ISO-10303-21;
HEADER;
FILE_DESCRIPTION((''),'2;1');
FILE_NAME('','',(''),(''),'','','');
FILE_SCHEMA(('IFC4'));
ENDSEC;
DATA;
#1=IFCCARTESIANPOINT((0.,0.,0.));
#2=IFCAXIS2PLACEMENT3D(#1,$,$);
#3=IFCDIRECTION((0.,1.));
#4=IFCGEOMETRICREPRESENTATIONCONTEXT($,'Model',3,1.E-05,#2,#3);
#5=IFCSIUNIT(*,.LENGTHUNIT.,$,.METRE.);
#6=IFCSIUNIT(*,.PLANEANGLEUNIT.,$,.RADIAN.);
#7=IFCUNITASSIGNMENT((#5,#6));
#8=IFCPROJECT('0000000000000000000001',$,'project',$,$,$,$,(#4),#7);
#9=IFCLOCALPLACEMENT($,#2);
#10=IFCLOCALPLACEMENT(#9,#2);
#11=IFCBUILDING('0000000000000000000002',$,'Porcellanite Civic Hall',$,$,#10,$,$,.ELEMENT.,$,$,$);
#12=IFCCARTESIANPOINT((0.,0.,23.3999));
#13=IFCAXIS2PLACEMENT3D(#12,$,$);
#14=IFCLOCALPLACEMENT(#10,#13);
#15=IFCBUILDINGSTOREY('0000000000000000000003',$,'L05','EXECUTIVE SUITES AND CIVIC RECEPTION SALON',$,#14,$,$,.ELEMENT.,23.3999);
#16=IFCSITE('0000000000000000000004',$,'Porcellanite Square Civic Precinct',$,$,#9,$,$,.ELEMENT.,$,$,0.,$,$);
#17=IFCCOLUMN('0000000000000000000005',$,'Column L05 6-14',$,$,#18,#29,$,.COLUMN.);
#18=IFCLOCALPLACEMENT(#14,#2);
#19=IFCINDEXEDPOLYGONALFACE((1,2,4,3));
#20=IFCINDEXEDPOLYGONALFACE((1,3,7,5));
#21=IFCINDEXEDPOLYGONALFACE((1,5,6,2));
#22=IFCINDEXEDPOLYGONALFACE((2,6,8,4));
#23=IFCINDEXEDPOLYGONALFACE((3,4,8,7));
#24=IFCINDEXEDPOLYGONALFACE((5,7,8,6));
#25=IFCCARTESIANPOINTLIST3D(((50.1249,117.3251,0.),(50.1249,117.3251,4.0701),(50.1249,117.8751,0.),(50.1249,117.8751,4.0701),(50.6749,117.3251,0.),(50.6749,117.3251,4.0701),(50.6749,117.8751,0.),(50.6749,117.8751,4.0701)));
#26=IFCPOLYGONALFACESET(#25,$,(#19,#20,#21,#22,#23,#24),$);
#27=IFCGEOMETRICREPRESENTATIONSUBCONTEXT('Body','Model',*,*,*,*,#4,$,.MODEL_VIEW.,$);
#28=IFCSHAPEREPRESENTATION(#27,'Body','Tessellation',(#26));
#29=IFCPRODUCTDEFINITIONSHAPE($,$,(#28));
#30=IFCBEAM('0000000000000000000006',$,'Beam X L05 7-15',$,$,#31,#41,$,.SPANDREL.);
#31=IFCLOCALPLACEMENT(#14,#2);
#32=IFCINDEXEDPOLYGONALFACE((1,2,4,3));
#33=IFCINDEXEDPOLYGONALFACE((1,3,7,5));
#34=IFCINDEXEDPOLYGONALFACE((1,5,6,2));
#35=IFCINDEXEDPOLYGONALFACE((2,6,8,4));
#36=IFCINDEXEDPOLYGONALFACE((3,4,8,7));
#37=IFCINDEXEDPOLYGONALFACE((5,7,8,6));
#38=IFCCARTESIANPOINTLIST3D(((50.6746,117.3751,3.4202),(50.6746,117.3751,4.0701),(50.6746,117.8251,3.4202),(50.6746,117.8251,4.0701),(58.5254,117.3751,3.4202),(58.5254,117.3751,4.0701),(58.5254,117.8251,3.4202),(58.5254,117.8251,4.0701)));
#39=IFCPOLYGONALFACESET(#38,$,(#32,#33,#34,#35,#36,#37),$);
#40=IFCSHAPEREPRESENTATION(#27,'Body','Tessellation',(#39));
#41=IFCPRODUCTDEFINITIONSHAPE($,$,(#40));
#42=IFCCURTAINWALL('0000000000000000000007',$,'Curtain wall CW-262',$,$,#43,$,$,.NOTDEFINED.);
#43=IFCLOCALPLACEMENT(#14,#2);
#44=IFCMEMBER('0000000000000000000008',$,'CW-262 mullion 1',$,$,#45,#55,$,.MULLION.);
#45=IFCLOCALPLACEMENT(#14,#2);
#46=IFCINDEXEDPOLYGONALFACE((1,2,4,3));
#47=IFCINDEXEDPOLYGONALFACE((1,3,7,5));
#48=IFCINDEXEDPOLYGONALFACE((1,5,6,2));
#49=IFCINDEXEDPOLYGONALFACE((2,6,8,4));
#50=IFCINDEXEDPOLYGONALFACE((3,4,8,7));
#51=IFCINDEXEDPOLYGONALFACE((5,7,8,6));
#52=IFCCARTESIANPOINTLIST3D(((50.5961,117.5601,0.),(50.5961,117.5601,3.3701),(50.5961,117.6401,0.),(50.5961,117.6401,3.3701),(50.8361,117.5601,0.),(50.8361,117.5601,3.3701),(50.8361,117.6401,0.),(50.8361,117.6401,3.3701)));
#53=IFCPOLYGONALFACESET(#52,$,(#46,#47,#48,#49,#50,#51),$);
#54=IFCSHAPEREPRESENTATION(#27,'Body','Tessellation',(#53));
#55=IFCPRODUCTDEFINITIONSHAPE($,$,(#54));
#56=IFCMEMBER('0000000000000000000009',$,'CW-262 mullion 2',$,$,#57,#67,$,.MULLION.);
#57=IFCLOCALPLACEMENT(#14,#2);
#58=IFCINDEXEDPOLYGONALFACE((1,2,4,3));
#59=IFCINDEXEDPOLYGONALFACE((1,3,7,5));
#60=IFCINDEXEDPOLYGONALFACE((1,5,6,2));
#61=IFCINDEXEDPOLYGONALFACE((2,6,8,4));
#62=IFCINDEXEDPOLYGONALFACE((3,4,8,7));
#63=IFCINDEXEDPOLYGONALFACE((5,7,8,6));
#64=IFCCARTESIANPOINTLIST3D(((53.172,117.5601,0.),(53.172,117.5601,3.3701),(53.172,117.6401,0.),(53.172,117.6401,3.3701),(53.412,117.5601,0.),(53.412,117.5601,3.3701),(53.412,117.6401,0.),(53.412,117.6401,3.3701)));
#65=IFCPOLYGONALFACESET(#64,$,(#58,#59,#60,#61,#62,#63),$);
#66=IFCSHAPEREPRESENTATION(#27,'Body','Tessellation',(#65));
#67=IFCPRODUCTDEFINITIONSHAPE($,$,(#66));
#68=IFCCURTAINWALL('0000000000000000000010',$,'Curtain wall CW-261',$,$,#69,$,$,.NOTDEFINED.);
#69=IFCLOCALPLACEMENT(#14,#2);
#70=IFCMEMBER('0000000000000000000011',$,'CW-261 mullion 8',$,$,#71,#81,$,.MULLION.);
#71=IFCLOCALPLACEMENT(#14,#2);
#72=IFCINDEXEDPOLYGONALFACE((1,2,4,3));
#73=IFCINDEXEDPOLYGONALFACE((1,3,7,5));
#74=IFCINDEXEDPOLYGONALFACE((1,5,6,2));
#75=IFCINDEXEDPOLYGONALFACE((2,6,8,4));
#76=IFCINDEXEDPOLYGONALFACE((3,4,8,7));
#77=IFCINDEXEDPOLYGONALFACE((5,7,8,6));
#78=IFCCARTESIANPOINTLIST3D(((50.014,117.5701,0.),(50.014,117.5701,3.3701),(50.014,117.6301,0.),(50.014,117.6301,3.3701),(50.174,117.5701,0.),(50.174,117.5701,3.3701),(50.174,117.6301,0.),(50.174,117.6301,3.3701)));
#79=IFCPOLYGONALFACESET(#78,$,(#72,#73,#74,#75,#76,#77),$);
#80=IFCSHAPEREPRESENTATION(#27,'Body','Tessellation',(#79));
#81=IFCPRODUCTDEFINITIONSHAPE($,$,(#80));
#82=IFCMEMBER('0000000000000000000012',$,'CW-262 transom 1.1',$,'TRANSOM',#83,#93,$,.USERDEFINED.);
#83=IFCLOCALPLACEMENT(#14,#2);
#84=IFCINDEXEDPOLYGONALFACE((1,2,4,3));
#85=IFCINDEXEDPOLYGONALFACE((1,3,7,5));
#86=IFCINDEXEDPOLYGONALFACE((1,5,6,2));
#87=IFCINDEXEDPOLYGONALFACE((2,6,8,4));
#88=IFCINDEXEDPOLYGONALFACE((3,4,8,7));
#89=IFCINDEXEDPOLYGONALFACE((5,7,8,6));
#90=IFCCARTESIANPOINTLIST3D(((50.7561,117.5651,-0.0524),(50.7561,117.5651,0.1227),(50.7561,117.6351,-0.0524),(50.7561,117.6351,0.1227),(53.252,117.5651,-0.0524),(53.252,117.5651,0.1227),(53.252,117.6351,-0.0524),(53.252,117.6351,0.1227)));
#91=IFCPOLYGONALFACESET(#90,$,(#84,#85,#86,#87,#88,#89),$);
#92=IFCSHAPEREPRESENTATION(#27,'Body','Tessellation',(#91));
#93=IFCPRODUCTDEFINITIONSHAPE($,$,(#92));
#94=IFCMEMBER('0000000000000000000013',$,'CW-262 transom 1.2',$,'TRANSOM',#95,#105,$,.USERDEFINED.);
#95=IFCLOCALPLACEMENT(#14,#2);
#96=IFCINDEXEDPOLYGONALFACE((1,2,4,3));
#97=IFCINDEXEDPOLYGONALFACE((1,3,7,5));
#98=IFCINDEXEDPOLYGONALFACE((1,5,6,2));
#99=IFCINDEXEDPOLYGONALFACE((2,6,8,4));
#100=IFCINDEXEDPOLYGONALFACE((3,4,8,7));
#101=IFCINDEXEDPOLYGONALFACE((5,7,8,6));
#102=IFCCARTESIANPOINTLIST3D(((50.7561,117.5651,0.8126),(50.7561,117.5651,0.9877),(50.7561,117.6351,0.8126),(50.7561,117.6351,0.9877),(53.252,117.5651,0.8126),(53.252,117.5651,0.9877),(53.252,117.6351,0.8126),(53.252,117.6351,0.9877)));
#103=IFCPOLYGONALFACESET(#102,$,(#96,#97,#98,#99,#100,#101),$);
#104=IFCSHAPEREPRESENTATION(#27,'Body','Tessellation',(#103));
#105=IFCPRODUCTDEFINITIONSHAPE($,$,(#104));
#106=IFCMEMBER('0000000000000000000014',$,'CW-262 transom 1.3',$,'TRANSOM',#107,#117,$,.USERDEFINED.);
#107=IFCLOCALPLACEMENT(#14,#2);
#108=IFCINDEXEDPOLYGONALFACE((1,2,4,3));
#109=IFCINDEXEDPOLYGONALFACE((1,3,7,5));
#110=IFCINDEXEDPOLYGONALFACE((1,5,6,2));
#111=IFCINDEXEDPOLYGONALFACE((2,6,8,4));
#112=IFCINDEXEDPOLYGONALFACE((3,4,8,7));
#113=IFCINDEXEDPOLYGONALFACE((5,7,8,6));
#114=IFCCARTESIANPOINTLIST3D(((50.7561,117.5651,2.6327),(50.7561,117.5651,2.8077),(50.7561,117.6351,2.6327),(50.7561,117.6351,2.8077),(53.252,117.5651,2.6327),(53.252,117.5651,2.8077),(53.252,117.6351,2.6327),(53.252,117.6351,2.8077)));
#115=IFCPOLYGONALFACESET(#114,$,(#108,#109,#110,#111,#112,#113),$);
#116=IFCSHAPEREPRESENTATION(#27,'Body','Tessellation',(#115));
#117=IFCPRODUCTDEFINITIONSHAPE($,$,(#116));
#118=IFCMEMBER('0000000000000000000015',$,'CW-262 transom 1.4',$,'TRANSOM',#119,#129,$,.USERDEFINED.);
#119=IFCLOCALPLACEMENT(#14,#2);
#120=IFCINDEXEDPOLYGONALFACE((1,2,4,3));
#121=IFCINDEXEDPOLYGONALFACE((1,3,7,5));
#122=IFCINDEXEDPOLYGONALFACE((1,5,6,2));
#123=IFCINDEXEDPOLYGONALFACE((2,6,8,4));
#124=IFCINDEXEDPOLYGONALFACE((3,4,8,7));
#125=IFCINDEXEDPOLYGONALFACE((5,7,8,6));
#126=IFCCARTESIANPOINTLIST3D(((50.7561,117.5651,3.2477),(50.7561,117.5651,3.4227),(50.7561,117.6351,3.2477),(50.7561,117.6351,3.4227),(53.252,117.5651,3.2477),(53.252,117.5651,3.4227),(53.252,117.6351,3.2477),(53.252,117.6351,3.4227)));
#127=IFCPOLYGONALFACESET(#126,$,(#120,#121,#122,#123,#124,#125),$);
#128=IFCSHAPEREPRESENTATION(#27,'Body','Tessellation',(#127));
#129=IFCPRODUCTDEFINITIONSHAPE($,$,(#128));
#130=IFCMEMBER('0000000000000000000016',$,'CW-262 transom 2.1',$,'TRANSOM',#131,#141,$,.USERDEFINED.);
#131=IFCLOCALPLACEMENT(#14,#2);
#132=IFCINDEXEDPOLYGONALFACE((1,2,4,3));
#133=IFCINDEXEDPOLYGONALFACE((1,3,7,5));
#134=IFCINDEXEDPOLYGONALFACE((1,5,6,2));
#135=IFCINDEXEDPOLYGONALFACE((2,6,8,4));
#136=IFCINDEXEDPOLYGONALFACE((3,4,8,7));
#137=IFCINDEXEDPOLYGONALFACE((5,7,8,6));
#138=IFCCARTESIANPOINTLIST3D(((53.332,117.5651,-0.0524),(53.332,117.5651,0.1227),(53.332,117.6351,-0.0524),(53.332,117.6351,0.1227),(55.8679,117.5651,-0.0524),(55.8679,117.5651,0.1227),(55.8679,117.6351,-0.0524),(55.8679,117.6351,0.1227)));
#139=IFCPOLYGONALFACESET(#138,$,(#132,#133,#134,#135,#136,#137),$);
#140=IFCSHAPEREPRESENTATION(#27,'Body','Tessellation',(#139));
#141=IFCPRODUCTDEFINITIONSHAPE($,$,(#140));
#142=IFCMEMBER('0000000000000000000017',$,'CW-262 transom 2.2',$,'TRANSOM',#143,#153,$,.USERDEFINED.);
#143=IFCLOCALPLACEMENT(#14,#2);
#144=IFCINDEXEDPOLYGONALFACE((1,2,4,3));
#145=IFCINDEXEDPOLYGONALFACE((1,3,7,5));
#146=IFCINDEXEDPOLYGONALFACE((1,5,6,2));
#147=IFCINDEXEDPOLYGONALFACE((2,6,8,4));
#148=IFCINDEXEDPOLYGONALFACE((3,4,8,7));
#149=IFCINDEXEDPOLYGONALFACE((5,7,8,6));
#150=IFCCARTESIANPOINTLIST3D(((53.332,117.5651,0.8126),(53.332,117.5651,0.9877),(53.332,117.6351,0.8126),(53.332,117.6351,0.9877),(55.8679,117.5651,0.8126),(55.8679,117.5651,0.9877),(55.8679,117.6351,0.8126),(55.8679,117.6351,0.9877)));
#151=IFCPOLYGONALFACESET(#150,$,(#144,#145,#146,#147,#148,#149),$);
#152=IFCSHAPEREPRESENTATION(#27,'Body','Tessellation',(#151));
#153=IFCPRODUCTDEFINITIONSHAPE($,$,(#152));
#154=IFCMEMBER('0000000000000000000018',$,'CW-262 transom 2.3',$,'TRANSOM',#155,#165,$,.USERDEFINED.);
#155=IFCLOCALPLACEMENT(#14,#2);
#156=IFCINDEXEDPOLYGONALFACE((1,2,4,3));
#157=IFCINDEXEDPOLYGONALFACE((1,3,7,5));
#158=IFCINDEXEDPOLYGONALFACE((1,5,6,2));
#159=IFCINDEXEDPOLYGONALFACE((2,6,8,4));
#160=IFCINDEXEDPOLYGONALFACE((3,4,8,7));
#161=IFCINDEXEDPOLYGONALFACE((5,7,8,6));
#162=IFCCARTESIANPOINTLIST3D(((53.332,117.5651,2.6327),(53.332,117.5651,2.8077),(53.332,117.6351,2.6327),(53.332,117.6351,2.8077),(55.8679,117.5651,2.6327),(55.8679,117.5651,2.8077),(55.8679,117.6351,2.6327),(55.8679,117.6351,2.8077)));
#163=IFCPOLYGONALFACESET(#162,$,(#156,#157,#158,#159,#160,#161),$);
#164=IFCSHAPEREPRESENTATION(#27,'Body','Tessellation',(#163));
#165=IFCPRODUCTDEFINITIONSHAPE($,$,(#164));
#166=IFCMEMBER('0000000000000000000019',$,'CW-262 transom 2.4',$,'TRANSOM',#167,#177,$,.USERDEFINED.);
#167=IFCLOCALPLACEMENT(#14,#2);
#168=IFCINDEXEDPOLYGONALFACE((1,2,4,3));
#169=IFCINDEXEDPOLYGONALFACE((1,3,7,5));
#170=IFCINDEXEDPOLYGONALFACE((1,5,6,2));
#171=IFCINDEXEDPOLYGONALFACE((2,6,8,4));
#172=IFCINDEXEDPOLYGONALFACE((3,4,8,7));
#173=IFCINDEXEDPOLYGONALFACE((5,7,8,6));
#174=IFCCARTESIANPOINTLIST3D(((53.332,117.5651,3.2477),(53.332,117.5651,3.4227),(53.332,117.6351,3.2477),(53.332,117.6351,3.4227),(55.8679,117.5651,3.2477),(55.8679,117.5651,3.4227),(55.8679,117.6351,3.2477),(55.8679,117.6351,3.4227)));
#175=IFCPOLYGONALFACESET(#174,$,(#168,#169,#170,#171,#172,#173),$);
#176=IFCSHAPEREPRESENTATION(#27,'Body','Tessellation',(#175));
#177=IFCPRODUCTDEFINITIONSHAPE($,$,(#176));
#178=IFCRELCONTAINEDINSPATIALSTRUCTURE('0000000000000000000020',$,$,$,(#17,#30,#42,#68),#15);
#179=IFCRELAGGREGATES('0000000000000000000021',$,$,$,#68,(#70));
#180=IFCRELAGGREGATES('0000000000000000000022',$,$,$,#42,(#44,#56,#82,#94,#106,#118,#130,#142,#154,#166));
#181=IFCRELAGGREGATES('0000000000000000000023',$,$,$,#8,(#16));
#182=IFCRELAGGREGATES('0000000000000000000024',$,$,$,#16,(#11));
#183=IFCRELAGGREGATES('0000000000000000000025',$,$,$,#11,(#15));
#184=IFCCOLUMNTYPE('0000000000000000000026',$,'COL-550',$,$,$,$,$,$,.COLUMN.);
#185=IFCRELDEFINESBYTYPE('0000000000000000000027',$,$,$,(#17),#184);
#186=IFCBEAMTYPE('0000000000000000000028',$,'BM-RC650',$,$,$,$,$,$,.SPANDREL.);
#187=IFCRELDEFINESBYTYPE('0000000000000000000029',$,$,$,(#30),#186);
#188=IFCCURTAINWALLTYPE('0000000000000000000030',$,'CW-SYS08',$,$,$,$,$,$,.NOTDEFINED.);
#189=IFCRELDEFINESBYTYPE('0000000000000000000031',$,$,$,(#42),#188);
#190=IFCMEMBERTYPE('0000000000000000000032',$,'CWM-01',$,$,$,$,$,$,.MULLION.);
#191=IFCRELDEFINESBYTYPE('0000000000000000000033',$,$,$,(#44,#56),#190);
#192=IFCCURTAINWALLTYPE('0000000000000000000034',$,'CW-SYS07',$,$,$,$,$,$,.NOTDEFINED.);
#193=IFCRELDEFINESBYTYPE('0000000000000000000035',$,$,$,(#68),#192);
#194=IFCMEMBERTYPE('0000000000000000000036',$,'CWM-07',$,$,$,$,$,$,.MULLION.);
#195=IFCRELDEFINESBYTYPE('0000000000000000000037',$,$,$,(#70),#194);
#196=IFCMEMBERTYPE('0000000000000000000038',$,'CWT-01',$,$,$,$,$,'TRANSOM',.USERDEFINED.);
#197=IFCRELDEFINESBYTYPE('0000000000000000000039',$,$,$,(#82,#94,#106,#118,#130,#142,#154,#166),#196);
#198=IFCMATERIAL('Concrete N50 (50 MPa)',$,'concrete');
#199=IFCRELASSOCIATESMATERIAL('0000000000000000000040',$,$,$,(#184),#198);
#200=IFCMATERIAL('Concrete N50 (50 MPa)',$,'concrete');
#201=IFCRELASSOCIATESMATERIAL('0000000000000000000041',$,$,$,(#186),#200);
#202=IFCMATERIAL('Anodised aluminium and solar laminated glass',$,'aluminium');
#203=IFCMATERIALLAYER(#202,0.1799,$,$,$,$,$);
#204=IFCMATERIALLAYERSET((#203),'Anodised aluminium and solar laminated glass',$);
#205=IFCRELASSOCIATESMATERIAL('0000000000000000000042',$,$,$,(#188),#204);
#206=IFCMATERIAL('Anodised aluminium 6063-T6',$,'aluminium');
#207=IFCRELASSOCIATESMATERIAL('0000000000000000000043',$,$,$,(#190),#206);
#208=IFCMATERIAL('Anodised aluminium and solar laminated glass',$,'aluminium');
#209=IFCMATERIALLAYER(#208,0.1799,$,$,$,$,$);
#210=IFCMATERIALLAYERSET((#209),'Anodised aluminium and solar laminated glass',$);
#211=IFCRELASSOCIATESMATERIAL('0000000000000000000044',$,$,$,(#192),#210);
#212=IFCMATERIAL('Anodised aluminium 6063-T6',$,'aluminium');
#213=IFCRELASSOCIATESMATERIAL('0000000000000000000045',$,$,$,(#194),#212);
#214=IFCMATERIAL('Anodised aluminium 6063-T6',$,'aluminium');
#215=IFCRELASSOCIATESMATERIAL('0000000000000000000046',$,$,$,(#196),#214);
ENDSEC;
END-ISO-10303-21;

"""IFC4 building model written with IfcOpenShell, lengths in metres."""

from ifc_helpers import new_model, si_unit, direction, frame, origin, origin_2d, place, context, subcontext, project, spatial, rectangle, extrude, material, layer, layer_set, material_profile, profile_set, type_object, element, aggregate, save


model = new_model("IFC4")

# Units and contexts
model_context = context("Model", 3, precision=1e-05, world=origin(), true_north=direction((0.0, 1.0)))
body_context = subcontext(model_context, "Body", "Model", "MODEL_VIEW")
ifc_project = project(units=[si_unit("LENGTHUNIT", "METRE"), si_unit("PLANEANGLEUNIT", "RADIAN")], contexts=[model_context])

# Site, building, storey
site_placement = place(None, origin())
site = spatial("IfcSite", under=ifc_project, at=site_placement, Name="Porcellanite Square Civic Precinct", CompositionType="ELEMENT", RefElevation=0.0)
building_placement = place(site_placement, origin())
building = spatial("IfcBuilding", under=site, at=building_placement, Name="Porcellanite Civic Hall", CompositionType="ELEMENT")
storey_placement = place(building_placement, frame((0.0, 0.0, 23.3999)))
storey = spatial("IfcBuildingStorey", under=building, at=storey_placement, Name="L05", Description="EXECUTIVE SUITES AND CIVIC RECEPTION SALON", CompositionType="ELEMENT", Elevation=23.3999)

# Column
ifc_material_1 = material(Name="Concrete N50 (50 MPa)", Category="concrete")
ifc_material_profile_1 = material_profile(ifc_material_1, rectangle(XDim=0.55, YDim=0.55, at=origin_2d()), Name="RC-550x550")
ifc_profile_set_1 = profile_set([ifc_material_profile_1], Name="Concrete N50 (50 MPa)")
column_type = type_object("IfcColumnType", Name="COL-550", PredefinedType="COLUMN", material=ifc_profile_set_1)
column_placement = place(storey_placement, frame((50.3999, 117.6001, 0.0), z_axis=(0.0, 0.0, 1.0), x_axis=(1.0, 0.0, 0.0)))
element("IfcColumn", 1, at=column_placement, inside=storey, type_object=column_type, Name="Column L05 6-14", PredefinedType="COLUMN", context=body_context, shape_type="SweptSolid", body=[
    extrude(rectangle(XDim=0.55, YDim=0.55, at=origin_2d()), origin(), (0.0, 0.0, 1.0), 4.0701),
])

# Beam
ifc_material_2 = material(Name="Concrete N50 (50 MPa)", Category="concrete")
ifc_material_profile_2 = material_profile(ifc_material_2, rectangle(XDim=0.45, YDim=0.6499, at=origin_2d()), Name="RC-450x650")
ifc_profile_set_2 = profile_set([ifc_material_profile_2], Name="Concrete N50 (50 MPa)")
beam_type = type_object("IfcBeamType", Name="BM-RC650", PredefinedType="SPANDREL", material=ifc_profile_set_2)
beam_placement = place(storey_placement, frame((50.6746, 117.6001, 3.7451), z_axis=(1.0, 0.0, 0.0), x_axis=(0.0, 1.0, 0.0)))
element("IfcBeam", 2, at=beam_placement, inside=storey, type_object=beam_type, Name="Beam X L05 7-15", PredefinedType="SPANDREL", context=body_context, shape_type="SweptSolid", body=[
    extrude(rectangle(XDim=0.45, YDim=0.6499, at=origin_2d()), origin(), (0.0, 0.0, 1.0), 7.8508),
])

# Curtain wall, members
ifc_material_3 = material(Name="Anodised aluminium and solar laminated glass", Category="aluminium")
ifc_layer_1 = layer(ifc_material_3, 0.1799)
ifc_layer_set_1 = layer_set([ifc_layer_1], Name="Anodised aluminium and solar laminated glass")
curtain_wall_type_1 = type_object("IfcCurtainWallType", Name="CW-SYS08", PredefinedType="NOTDEFINED", material=ifc_layer_set_1)
curtain_wall_1_placement = place(storey_placement, origin())
curtain_wall_1 = element("IfcCurtainWall", 3, at=curtain_wall_1_placement, inside=storey, type_object=curtain_wall_type_1, Name="Curtain wall CW-262", PredefinedType="NOTDEFINED")
ifc_material_4 = material(Name="Anodised aluminium 6063-T6", Category="aluminium")
ifc_material_profile_3 = material_profile(ifc_material_4, rectangle(XDim=0.0801, YDim=0.24, at=origin_2d()), Name="AL-80x240")
ifc_profile_set_3 = profile_set([ifc_material_profile_3], Name="Anodised aluminium 6063-T6")
member_type_1 = type_object("IfcMemberType", Name="CWM-01", PredefinedType="MULLION", material=ifc_profile_set_3)
member_1_placement = place(storey_placement, frame((50.7161, 117.6001, 0.0), z_axis=(0.0, 0.0, 1.0), x_axis=(0.0, 1.0, 0.0)))
member_1 = element("IfcMember", 4, at=member_1_placement, type_object=member_type_1, Name="CW-262 mullion 1", PredefinedType="MULLION", context=body_context, shape_type="SweptSolid", body=[
    extrude(rectangle(XDim=0.0801, YDim=0.24, at=origin_2d()), origin(), (0.0, 0.0, 1.0), 3.3701),
])
member_2_placement = place(storey_placement, frame((53.292, 117.6001, 0.0), z_axis=(0.0, 0.0, 1.0), x_axis=(0.0, 1.0, 0.0)))
member_2 = element("IfcMember", 5, at=member_2_placement, type_object=member_type_1, Name="CW-262 mullion 2", PredefinedType="MULLION", context=body_context, shape_type="SweptSolid", body=[
    extrude(rectangle(XDim=0.0801, YDim=0.24, at=origin_2d()), origin(), (0.0, 0.0, 1.0), 3.3701),
])

# Curtain wall, member
ifc_material_5 = material(Name="Anodised aluminium and solar laminated glass", Category="aluminium")
ifc_layer_2 = layer(ifc_material_5, 0.1799)
ifc_layer_set_2 = layer_set([ifc_layer_2], Name="Anodised aluminium and solar laminated glass")
curtain_wall_type_2 = type_object("IfcCurtainWallType", Name="CW-SYS07", PredefinedType="NOTDEFINED", material=ifc_layer_set_2)
curtain_wall_2_placement = place(storey_placement, origin())
curtain_wall_2 = element("IfcCurtainWall", 6, at=curtain_wall_2_placement, inside=storey, type_object=curtain_wall_type_2, Name="Curtain wall CW-261", PredefinedType="NOTDEFINED")
ifc_material_6 = material(Name="Anodised aluminium 6063-T6", Category="aluminium")
ifc_material_profile_4 = material_profile(ifc_material_6, rectangle(XDim=0.0601, YDim=0.1599, at=origin_2d()), Name="AL-60x160")
ifc_profile_set_4 = profile_set([ifc_material_profile_4], Name="Anodised aluminium 6063-T6")
member_type_2 = type_object("IfcMemberType", Name="CWM-07", PredefinedType="MULLION", material=ifc_profile_set_4)
member_3_placement = place(storey_placement, frame((50.094, 117.6001, 0.0), z_axis=(0.0, 0.0, 1.0), x_axis=(0.0, 1.0, 0.0)))
member_3 = element("IfcMember", 7, at=member_3_placement, type_object=member_type_2, Name="CW-261 mullion 8", PredefinedType="MULLION", context=body_context, shape_type="SweptSolid", body=[
    extrude(rectangle(XDim=0.0601, YDim=0.1599, at=origin_2d()), origin(), (0.0, 0.0, 1.0), 3.3701),
])

# Members
ifc_material_7 = material(Name="Anodised aluminium 6063-T6", Category="aluminium")
ifc_material_profile_5 = material_profile(ifc_material_7, rectangle(XDim=0.0701, YDim=0.175, at=origin_2d()), Name="AL-70x175")
ifc_profile_set_5 = profile_set([ifc_material_profile_5], Name="Anodised aluminium 6063-T6")
member_type_3 = type_object("IfcMemberType", Name="CWT-01", ElementType="TRANSOM", PredefinedType="USERDEFINED", material=ifc_profile_set_5)
member_4_placement = place(storey_placement, frame((50.7561, 117.6001, 0.0352), z_axis=(1.0, 0.0, 0.0), x_axis=(0.0, 1.0, 0.0)))
member_4 = element("IfcMember", 8, at=member_4_placement, type_object=member_type_3, Name="CW-262 transom 1.1", ObjectType="TRANSOM", PredefinedType="USERDEFINED", context=body_context, shape_type="SweptSolid", body=[
    extrude(rectangle(XDim=0.0701, YDim=0.175, at=origin_2d()), origin(), (0.0, 0.0, 1.0), 2.4958),
])
member_5_placement = place(storey_placement, frame((50.7561, 117.6001, 0.9001), z_axis=(1.0, 0.0, 0.0), x_axis=(0.0, 1.0, 0.0)))
member_5 = element("IfcMember", 9, at=member_5_placement, type_object=member_type_3, Name="CW-262 transom 1.2", ObjectType="TRANSOM", PredefinedType="USERDEFINED", context=body_context, shape_type="SweptSolid", body=[
    extrude(rectangle(XDim=0.0701, YDim=0.175, at=origin_2d()), origin(), (0.0, 0.0, 1.0), 2.4958),
])
member_6_placement = place(storey_placement, frame((50.7561, 117.6001, 2.7202), z_axis=(1.0, 0.0, 0.0), x_axis=(0.0, 1.0, 0.0)))
member_6 = element("IfcMember", 10, at=member_6_placement, type_object=member_type_3, Name="CW-262 transom 1.3", ObjectType="TRANSOM", PredefinedType="USERDEFINED", context=body_context, shape_type="SweptSolid", body=[
    extrude(rectangle(XDim=0.0701, YDim=0.175, at=origin_2d()), origin(), (0.0, 0.0, 1.0), 2.4958),
])
member_7_placement = place(storey_placement, frame((50.7561, 117.6001, 3.3352), z_axis=(1.0, 0.0, 0.0), x_axis=(0.0, 1.0, 0.0)))
member_7 = element("IfcMember", 11, at=member_7_placement, type_object=member_type_3, Name="CW-262 transom 1.4", ObjectType="TRANSOM", PredefinedType="USERDEFINED", context=body_context, shape_type="SweptSolid", body=[
    extrude(rectangle(XDim=0.0701, YDim=0.175, at=origin_2d()), origin(), (0.0, 0.0, 1.0), 2.4958),
])
member_8_placement = place(storey_placement, frame((53.332, 117.6001, 0.0352), z_axis=(1.0, 0.0, 0.0), x_axis=(0.0, 1.0, 0.0)))
member_8 = element("IfcMember", 12, at=member_8_placement, type_object=member_type_3, Name="CW-262 transom 2.1", ObjectType="TRANSOM", PredefinedType="USERDEFINED", context=body_context, shape_type="SweptSolid", body=[
    extrude(rectangle(XDim=0.0701, YDim=0.175, at=origin_2d()), origin(), (0.0, 0.0, 1.0), 2.5359),
])
member_9_placement = place(storey_placement, frame((53.332, 117.6001, 0.9001), z_axis=(1.0, 0.0, 0.0), x_axis=(0.0, 1.0, 0.0)))
member_9 = element("IfcMember", 13, at=member_9_placement, type_object=member_type_3, Name="CW-262 transom 2.2", ObjectType="TRANSOM", PredefinedType="USERDEFINED", context=body_context, shape_type="SweptSolid", body=[
    extrude(rectangle(XDim=0.0701, YDim=0.175, at=origin_2d()), origin(), (0.0, 0.0, 1.0), 2.5359),
])
member_10_placement = place(storey_placement, frame((53.332, 117.6001, 2.7202), z_axis=(1.0, 0.0, 0.0), x_axis=(0.0, 1.0, 0.0)))
member_10 = element("IfcMember", 14, at=member_10_placement, type_object=member_type_3, Name="CW-262 transom 2.3", ObjectType="TRANSOM", PredefinedType="USERDEFINED", context=body_context, shape_type="SweptSolid", body=[
    extrude(rectangle(XDim=0.0701, YDim=0.175, at=origin_2d()), origin(), (0.0, 0.0, 1.0), 2.5359),
])
member_11_placement = place(storey_placement, frame((53.332, 117.6001, 3.3352), z_axis=(1.0, 0.0, 0.0), x_axis=(0.0, 1.0, 0.0)))
member_11 = element("IfcMember", 15, at=member_11_placement, type_object=member_type_3, Name="CW-262 transom 2.4", ObjectType="TRANSOM", PredefinedType="USERDEFINED", context=body_context, shape_type="SweptSolid", body=[
    extrude(rectangle(XDim=0.0701, YDim=0.175, at=origin_2d()), origin(), (0.0, 0.0, 1.0), 2.5359),
])

aggregate(curtain_wall_2, [member_3])
aggregate(curtain_wall_1, [member_1, member_2, member_4, member_5, member_6, member_7, member_8, member_9, member_10, member_11])

save(model, "model.ifc")
